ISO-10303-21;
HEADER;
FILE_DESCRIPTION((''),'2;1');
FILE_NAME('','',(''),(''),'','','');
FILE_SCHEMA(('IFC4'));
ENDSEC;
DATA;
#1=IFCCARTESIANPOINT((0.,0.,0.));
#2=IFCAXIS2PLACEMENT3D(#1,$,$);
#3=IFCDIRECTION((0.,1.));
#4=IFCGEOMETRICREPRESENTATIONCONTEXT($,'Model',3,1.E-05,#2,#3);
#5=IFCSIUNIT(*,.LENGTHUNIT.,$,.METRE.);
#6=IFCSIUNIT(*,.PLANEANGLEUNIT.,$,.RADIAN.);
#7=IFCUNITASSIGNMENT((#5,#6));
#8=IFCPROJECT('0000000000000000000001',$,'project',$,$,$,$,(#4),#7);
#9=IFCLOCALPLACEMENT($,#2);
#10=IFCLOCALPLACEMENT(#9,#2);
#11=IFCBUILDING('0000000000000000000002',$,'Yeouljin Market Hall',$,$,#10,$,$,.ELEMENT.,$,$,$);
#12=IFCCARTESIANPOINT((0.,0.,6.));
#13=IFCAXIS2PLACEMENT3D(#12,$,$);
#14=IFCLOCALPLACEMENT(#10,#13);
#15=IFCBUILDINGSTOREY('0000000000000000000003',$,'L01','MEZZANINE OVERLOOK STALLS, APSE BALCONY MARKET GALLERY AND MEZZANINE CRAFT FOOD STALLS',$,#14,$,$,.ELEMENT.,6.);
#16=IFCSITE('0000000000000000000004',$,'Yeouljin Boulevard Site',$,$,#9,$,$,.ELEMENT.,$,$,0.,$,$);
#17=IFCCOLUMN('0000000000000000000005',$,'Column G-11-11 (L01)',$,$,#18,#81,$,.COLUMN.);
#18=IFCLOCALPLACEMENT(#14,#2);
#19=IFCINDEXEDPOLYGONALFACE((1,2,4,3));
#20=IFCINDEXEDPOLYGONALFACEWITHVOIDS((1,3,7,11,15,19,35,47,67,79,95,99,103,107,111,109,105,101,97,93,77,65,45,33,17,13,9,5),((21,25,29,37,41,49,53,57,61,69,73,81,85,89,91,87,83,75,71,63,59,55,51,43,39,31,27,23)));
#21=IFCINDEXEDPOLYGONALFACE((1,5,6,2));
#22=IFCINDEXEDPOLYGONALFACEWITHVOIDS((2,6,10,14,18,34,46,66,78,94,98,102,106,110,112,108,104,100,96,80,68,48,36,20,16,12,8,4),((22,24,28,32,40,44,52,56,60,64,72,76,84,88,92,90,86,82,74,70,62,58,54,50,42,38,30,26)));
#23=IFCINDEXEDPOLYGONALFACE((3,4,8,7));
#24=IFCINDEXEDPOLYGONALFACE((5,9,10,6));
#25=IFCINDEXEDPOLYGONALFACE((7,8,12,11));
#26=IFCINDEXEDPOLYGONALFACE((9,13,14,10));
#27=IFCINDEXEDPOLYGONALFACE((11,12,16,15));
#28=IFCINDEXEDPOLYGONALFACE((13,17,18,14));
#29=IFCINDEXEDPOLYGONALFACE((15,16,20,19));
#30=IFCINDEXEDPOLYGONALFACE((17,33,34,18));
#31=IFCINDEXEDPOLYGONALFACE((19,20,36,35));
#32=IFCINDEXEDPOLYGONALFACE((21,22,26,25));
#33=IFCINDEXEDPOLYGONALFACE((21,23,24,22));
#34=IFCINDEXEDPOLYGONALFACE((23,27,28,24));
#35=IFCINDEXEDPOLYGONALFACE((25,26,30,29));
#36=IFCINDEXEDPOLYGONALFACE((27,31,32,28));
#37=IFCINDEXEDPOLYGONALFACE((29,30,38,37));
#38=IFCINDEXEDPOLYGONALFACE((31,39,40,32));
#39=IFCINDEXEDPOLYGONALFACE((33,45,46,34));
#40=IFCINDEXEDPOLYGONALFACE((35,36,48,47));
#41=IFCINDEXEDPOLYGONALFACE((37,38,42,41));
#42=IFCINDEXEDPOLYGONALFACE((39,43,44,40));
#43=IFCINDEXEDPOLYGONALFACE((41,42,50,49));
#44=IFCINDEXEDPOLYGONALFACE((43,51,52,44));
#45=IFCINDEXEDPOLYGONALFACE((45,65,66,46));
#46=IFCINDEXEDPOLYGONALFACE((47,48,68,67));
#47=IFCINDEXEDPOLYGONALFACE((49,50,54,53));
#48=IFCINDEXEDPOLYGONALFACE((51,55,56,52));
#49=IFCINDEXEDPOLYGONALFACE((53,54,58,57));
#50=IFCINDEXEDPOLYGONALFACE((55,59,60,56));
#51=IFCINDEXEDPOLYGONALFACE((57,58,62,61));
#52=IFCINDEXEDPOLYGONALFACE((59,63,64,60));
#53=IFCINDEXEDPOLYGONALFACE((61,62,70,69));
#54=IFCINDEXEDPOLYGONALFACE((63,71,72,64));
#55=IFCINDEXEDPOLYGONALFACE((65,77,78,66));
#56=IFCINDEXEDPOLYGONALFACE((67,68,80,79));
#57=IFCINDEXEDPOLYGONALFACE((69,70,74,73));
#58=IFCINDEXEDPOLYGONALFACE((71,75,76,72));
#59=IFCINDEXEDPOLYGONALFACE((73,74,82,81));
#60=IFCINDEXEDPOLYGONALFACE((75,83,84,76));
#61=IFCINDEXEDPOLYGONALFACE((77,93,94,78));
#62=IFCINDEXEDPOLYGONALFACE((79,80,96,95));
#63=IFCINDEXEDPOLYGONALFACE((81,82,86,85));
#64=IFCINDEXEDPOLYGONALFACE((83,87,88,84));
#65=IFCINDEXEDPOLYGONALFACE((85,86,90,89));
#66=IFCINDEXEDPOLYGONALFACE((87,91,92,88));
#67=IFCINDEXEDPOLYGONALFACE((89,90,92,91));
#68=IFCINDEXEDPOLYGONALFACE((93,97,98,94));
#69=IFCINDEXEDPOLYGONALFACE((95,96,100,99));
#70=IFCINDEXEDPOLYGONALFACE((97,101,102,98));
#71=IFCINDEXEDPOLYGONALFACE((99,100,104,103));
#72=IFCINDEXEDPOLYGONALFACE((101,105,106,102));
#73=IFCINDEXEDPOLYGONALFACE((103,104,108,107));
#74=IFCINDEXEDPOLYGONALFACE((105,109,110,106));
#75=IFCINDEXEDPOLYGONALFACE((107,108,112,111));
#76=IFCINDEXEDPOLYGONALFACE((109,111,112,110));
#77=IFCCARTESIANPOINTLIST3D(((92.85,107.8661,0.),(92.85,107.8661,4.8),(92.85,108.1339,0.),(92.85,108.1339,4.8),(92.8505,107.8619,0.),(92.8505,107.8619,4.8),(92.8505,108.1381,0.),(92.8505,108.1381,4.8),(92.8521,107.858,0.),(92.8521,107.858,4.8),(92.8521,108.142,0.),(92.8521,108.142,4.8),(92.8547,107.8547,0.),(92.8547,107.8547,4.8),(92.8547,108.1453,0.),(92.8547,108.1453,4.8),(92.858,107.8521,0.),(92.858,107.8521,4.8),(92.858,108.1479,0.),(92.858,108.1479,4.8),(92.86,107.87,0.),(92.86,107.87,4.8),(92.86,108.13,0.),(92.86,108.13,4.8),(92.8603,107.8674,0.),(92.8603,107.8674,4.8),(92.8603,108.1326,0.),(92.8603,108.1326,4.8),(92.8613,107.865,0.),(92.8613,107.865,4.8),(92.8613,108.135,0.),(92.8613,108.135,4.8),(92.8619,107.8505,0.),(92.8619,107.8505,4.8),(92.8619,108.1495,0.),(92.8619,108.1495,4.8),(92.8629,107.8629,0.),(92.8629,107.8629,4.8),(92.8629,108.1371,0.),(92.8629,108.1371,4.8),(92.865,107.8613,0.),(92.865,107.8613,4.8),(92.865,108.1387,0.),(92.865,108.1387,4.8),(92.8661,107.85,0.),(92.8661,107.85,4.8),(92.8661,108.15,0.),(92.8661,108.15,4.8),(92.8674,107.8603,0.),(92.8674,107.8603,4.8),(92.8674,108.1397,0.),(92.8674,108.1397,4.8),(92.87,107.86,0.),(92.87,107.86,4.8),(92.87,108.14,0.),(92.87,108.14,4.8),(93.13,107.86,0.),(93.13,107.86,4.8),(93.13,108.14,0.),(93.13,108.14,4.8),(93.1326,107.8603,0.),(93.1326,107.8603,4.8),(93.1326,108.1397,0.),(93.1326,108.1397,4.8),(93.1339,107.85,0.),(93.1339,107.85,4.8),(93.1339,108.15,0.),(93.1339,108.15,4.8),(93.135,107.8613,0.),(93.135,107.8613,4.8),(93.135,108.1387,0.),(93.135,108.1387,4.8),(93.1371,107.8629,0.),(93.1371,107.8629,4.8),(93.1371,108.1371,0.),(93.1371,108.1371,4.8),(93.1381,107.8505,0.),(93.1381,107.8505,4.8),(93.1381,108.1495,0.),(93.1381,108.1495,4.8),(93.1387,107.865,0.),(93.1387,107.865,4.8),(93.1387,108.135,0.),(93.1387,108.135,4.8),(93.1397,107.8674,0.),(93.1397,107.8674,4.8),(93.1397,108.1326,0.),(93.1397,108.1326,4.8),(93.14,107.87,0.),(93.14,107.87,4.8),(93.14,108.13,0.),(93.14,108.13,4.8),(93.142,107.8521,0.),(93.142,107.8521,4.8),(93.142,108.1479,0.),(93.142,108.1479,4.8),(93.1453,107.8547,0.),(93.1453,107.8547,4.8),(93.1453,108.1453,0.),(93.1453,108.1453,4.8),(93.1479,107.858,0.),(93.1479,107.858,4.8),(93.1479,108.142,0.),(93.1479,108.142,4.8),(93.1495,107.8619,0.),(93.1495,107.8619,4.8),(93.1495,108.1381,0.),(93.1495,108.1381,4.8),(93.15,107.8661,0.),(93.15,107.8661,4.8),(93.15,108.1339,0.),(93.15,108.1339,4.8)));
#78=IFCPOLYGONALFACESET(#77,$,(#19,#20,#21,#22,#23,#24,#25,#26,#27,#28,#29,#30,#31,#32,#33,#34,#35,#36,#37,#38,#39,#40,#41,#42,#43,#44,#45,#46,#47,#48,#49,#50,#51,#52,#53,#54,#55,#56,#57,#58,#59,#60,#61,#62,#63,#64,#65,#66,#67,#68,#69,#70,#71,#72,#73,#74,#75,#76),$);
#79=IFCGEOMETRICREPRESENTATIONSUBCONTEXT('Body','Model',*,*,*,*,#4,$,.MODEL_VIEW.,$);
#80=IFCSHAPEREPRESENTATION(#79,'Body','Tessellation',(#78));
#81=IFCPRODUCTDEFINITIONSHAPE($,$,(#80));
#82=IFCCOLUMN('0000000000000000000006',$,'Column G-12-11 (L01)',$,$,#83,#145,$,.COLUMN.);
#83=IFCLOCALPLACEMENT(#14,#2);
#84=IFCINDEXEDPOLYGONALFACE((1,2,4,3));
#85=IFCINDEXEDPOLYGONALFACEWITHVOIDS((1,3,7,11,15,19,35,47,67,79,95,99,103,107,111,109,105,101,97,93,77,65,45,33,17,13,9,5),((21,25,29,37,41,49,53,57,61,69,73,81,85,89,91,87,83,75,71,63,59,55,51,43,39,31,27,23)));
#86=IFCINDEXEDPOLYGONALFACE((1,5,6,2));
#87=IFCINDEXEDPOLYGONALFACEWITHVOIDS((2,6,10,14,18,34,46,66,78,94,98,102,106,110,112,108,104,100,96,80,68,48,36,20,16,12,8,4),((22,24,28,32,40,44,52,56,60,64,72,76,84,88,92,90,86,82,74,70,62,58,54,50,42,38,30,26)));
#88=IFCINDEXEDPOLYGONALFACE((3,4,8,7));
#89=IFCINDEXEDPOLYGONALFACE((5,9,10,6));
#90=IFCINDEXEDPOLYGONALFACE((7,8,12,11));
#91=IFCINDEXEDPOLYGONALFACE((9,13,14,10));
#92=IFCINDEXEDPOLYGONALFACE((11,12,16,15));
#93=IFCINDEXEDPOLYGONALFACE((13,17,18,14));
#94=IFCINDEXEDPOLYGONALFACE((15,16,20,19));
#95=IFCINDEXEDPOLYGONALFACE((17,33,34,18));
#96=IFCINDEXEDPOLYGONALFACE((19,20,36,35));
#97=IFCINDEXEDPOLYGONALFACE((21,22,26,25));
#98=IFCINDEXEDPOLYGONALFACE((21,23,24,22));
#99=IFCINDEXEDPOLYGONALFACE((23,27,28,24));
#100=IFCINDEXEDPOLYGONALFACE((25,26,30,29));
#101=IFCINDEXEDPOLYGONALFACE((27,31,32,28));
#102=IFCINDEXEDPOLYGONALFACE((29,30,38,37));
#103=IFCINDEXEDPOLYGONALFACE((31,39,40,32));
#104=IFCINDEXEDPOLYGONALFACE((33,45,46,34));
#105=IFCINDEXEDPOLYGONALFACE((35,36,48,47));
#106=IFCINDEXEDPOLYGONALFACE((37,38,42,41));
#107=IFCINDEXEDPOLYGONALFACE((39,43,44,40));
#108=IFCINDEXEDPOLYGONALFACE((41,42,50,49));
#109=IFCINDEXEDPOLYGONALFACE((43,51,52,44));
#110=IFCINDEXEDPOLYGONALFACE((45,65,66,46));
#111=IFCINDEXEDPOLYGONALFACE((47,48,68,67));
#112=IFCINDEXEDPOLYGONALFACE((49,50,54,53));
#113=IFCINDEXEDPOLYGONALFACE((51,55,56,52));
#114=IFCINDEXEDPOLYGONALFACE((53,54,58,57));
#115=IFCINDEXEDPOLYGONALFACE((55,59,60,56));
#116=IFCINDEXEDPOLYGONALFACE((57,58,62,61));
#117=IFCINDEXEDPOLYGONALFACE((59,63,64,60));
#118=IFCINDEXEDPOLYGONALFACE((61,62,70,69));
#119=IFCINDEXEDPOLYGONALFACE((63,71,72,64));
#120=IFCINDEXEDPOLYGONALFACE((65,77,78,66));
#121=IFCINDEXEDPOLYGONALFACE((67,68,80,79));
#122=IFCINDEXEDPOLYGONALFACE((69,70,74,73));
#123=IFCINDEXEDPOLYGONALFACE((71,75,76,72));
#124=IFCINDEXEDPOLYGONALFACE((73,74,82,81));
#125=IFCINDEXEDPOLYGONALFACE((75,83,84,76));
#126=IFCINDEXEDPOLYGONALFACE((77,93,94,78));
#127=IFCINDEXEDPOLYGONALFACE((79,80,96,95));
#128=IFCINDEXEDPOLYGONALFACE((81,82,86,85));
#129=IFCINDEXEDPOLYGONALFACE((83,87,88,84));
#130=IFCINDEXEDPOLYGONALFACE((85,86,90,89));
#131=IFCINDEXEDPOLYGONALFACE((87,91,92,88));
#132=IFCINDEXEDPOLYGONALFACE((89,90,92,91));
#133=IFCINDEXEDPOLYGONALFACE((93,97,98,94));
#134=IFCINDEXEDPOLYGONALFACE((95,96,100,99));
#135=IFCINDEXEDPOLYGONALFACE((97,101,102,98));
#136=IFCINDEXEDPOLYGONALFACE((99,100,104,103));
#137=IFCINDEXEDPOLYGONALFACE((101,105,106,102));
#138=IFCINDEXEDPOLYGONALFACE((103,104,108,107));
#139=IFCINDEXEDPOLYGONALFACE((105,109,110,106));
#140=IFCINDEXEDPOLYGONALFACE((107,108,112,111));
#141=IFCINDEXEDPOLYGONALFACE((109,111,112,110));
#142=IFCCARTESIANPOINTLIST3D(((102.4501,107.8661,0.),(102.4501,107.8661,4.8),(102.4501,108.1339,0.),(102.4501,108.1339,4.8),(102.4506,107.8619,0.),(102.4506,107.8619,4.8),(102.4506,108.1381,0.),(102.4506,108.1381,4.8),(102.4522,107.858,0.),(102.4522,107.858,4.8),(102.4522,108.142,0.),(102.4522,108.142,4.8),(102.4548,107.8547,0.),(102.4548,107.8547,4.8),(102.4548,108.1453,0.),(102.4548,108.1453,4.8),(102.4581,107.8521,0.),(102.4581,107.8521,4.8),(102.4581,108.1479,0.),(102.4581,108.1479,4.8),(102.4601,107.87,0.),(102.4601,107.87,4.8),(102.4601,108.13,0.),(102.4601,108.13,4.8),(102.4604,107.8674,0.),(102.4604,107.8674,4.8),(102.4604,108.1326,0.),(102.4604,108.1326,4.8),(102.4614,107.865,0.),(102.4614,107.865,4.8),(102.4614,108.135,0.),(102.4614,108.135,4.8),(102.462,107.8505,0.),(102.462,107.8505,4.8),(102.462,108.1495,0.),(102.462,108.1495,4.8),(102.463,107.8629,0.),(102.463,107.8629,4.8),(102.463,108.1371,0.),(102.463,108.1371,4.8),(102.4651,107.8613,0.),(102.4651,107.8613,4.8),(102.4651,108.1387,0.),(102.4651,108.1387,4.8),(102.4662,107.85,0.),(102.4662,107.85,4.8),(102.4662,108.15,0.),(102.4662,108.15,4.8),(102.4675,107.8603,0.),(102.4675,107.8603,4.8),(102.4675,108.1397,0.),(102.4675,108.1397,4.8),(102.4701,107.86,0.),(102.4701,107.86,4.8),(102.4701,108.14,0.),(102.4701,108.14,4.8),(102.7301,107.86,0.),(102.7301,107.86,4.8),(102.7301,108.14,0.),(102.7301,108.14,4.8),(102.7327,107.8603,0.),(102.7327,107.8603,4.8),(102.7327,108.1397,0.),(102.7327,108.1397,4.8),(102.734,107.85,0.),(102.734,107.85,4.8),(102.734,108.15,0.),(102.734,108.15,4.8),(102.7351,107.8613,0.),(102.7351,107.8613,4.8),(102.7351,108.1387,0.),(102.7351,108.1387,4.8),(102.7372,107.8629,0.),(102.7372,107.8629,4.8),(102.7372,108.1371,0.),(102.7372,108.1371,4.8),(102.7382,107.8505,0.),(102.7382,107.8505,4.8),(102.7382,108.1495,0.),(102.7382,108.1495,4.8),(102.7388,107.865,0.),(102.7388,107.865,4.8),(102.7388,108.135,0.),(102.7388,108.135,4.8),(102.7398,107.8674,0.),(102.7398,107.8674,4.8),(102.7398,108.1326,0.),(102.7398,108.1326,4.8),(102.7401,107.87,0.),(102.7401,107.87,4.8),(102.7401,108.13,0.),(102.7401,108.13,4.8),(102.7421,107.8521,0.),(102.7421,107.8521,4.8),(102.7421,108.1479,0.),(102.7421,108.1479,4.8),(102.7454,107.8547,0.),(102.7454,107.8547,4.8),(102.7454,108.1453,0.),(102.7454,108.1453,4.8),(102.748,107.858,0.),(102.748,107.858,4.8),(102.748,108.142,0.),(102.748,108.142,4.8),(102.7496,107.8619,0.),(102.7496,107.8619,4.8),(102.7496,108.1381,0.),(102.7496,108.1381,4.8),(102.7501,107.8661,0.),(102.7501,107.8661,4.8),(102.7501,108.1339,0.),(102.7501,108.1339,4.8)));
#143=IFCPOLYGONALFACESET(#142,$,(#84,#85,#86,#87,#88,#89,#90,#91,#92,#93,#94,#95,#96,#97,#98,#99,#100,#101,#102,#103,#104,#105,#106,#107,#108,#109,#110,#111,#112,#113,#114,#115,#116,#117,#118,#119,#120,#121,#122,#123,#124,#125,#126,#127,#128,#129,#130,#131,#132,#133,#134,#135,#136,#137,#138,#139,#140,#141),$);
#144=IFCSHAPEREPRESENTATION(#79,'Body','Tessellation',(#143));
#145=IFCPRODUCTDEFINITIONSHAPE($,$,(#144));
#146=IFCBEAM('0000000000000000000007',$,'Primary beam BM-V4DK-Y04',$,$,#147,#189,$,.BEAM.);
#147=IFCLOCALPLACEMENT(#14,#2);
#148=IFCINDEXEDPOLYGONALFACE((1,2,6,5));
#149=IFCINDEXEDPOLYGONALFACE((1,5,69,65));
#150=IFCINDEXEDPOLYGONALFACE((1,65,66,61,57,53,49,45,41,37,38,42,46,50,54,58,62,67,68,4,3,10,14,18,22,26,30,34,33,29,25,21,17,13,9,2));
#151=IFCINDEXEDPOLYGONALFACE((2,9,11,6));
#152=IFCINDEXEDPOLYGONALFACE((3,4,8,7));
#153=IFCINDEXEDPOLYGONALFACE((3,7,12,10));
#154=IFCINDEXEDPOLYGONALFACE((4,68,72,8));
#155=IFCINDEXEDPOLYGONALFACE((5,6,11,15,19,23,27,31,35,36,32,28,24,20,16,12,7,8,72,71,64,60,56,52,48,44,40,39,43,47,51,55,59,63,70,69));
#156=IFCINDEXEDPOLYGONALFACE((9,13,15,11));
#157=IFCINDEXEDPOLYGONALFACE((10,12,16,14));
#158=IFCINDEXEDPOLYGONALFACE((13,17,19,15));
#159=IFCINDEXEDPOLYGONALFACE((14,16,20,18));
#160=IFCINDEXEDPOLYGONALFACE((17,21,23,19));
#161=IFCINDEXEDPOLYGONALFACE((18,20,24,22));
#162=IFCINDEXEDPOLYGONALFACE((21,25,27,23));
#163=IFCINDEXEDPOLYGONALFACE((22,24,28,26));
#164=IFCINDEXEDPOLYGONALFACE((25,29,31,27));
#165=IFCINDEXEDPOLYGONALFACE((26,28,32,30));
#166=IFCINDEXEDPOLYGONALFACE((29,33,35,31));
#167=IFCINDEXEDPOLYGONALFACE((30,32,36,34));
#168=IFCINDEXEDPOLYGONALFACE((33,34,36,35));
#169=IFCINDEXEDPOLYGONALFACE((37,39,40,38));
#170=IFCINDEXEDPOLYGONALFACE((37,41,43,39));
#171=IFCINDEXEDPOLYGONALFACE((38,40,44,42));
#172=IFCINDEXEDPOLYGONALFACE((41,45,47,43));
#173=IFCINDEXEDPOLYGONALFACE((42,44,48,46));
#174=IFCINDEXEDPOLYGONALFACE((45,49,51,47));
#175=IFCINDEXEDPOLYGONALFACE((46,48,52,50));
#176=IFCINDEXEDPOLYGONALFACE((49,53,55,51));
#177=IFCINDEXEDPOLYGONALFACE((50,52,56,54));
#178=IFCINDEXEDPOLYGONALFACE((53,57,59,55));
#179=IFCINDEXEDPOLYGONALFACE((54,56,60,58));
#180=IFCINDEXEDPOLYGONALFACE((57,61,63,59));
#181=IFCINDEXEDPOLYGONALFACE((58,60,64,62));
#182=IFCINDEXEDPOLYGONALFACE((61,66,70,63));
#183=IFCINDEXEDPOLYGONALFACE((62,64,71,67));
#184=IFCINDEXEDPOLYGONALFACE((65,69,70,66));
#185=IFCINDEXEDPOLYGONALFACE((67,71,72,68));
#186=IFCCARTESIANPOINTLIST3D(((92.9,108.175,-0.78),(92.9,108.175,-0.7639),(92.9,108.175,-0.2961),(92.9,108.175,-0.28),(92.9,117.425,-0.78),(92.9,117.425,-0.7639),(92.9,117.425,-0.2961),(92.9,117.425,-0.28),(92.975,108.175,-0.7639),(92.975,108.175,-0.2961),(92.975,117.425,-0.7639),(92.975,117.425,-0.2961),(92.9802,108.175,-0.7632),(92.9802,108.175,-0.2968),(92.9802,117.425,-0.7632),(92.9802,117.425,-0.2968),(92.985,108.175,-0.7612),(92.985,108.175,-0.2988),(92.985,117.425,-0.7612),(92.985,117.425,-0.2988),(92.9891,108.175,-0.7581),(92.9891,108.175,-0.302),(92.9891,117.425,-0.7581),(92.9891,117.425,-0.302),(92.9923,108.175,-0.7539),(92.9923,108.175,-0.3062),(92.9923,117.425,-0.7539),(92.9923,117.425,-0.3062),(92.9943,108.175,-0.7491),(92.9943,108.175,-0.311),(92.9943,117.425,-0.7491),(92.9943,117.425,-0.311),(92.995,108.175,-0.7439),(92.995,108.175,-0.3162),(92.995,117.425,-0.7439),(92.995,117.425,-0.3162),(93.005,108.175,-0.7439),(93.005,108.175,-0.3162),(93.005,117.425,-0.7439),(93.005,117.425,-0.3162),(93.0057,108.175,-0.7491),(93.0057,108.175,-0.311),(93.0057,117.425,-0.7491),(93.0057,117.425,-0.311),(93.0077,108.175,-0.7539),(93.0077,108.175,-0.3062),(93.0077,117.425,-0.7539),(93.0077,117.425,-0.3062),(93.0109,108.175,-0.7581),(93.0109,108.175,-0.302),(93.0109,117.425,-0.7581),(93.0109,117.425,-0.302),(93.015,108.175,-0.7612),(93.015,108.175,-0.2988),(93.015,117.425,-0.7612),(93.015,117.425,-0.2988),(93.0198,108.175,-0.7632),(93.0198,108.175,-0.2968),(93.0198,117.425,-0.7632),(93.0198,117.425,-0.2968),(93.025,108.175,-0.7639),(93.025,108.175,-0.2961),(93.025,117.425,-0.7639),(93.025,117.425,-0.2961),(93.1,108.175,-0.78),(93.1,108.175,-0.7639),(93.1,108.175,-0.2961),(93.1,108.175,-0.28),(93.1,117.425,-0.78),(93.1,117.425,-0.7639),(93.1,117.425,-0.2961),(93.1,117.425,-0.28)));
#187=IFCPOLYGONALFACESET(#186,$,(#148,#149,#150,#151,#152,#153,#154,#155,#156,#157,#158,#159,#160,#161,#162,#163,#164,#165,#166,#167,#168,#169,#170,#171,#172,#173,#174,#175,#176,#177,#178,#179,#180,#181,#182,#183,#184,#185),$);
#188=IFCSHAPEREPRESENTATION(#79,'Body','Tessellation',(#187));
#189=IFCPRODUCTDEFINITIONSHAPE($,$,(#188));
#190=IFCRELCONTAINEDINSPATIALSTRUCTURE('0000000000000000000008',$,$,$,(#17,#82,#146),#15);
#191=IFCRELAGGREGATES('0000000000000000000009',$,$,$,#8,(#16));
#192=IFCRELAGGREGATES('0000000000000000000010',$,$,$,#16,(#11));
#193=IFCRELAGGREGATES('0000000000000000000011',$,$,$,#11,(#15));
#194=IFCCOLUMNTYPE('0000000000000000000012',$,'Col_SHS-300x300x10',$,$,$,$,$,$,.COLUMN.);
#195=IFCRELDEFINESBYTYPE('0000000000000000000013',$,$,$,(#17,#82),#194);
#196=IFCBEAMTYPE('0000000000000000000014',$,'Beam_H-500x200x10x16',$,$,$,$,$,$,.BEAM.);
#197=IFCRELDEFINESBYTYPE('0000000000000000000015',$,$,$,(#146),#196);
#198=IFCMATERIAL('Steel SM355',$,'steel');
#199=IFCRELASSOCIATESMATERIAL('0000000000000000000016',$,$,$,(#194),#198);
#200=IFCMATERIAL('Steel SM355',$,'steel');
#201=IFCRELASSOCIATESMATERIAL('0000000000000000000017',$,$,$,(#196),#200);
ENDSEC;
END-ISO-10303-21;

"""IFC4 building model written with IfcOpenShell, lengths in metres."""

from ifc_helpers import new_model, si_unit, direction, frame, origin, origin_2d, place, context, subcontext, project, spatial, hollow_rectangle, i_section, extrude, material, material_profile, profile_set, type_object, element, save


model = new_model("IFC4")

# Units and contexts
model_context = context("Model", 3, precision=1e-05, world=origin(), true_north=direction((0.0, 1.0)))
body_context = subcontext(model_context, "Body", "Model", "MODEL_VIEW")
ifc_project = project(units=[si_unit("LENGTHUNIT", "METRE"), si_unit("PLANEANGLEUNIT", "RADIAN")], contexts=[model_context])

# Site, building, storey
site_placement = place(None, origin())
site = spatial("IfcSite", under=ifc_project, at=site_placement, Name="Yeouljin Boulevard Site", CompositionType="ELEMENT", RefElevation=0.0)
building_placement = place(site_placement, origin())
building = spatial("IfcBuilding", under=site, at=building_placement, Name="Yeouljin Market Hall", CompositionType="ELEMENT")
storey_placement = place(building_placement, frame((0.0, 0.0, 6.0)))
storey = spatial("IfcBuildingStorey", under=building, at=storey_placement, Name="L01", Description="MEZZANINE OVERLOOK STALLS, APSE BALCONY MARKET GALLERY AND MEZZANINE CRAFT FOOD STALLS", CompositionType="ELEMENT", Elevation=6.0)

# Columns
ifc_material_1 = material(Name="Steel SM355", Category="steel")
ifc_material_profile_1 = material_profile(ifc_material_1, hollow_rectangle(XDim=0.3, YDim=0.3, WallThickness=0.01, InnerFilletRadius=0.01, OuterFilletRadius=0.0161, at=origin_2d()), Name="SHS-300x300x10")
ifc_profile_set_1 = profile_set([ifc_material_profile_1], Name="Steel SM355")
column_type = type_object("IfcColumnType", Name="Col_SHS-300x300x10", PredefinedType="COLUMN", material=ifc_profile_set_1)
for number, where, z_axis, x_axis, name in (
    (1, (93.0, 108.0, 0.0), (0.0, 0.0, 1.0), (1.0, 0.0, 0.0), "Column G-11-11 (L01)"),
    (2, (102.6001, 108.0, 0.0), (0.0, 0.0, 1.0), (1.0, 0.0, 0.0), "Column G-12-11 (L01)"),
):
    element("IfcColumn", number, at=place(storey_placement, frame(where, z_axis=z_axis, x_axis=x_axis)), inside=storey, type_object=column_type, Name=name, PredefinedType="COLUMN", context=body_context, shape_type="SweptSolid", body=[
        extrude(hollow_rectangle(XDim=0.3, YDim=0.3, WallThickness=0.01, InnerFilletRadius=0.01, OuterFilletRadius=0.0161, at=origin_2d()), origin(), (0.0, 0.0, 1.0), 4.8),
    ])

# Beam
ifc_material_2 = material(Name="Steel SM355", Category="steel")
ifc_material_profile_2 = material_profile(ifc_material_2, i_section(OverallWidth=0.2, OverallDepth=0.5, WebThickness=0.01, FlangeThickness=0.0161, FilletRadius=0.02, at=origin_2d()), Name="H-500x200x10x16")
ifc_profile_set_2 = profile_set([ifc_material_profile_2], Name="Steel SM355")
beam_type_1 = type_object("IfcBeamType", Name="Beam_H-500x200x10x16", PredefinedType="BEAM", material=ifc_profile_set_2)
for number, where, z_axis, x_axis, name in (
    (3, (93.0, 108.175, -0.53), (0.0, 1.0, 0.0), (-1.0, 0.0, 0.0), "Primary beam BM-V4DK-Y04"),
):
    element("IfcBeam", number, at=place(storey_placement, frame(where, z_axis=z_axis, x_axis=x_axis)), inside=storey, type_object=beam_type_1, Name=name, PredefinedType="BEAM", context=body_context, shape_type="SweptSolid", body=[
        extrude(i_section(OverallWidth=0.2, OverallDepth=0.5, WebThickness=0.01, FlangeThickness=0.0161, FilletRadius=0.02, at=origin_2d()), origin(), (0.0, 0.0, 1.0), 9.25),
    ])

save(model, "model.ifc")
